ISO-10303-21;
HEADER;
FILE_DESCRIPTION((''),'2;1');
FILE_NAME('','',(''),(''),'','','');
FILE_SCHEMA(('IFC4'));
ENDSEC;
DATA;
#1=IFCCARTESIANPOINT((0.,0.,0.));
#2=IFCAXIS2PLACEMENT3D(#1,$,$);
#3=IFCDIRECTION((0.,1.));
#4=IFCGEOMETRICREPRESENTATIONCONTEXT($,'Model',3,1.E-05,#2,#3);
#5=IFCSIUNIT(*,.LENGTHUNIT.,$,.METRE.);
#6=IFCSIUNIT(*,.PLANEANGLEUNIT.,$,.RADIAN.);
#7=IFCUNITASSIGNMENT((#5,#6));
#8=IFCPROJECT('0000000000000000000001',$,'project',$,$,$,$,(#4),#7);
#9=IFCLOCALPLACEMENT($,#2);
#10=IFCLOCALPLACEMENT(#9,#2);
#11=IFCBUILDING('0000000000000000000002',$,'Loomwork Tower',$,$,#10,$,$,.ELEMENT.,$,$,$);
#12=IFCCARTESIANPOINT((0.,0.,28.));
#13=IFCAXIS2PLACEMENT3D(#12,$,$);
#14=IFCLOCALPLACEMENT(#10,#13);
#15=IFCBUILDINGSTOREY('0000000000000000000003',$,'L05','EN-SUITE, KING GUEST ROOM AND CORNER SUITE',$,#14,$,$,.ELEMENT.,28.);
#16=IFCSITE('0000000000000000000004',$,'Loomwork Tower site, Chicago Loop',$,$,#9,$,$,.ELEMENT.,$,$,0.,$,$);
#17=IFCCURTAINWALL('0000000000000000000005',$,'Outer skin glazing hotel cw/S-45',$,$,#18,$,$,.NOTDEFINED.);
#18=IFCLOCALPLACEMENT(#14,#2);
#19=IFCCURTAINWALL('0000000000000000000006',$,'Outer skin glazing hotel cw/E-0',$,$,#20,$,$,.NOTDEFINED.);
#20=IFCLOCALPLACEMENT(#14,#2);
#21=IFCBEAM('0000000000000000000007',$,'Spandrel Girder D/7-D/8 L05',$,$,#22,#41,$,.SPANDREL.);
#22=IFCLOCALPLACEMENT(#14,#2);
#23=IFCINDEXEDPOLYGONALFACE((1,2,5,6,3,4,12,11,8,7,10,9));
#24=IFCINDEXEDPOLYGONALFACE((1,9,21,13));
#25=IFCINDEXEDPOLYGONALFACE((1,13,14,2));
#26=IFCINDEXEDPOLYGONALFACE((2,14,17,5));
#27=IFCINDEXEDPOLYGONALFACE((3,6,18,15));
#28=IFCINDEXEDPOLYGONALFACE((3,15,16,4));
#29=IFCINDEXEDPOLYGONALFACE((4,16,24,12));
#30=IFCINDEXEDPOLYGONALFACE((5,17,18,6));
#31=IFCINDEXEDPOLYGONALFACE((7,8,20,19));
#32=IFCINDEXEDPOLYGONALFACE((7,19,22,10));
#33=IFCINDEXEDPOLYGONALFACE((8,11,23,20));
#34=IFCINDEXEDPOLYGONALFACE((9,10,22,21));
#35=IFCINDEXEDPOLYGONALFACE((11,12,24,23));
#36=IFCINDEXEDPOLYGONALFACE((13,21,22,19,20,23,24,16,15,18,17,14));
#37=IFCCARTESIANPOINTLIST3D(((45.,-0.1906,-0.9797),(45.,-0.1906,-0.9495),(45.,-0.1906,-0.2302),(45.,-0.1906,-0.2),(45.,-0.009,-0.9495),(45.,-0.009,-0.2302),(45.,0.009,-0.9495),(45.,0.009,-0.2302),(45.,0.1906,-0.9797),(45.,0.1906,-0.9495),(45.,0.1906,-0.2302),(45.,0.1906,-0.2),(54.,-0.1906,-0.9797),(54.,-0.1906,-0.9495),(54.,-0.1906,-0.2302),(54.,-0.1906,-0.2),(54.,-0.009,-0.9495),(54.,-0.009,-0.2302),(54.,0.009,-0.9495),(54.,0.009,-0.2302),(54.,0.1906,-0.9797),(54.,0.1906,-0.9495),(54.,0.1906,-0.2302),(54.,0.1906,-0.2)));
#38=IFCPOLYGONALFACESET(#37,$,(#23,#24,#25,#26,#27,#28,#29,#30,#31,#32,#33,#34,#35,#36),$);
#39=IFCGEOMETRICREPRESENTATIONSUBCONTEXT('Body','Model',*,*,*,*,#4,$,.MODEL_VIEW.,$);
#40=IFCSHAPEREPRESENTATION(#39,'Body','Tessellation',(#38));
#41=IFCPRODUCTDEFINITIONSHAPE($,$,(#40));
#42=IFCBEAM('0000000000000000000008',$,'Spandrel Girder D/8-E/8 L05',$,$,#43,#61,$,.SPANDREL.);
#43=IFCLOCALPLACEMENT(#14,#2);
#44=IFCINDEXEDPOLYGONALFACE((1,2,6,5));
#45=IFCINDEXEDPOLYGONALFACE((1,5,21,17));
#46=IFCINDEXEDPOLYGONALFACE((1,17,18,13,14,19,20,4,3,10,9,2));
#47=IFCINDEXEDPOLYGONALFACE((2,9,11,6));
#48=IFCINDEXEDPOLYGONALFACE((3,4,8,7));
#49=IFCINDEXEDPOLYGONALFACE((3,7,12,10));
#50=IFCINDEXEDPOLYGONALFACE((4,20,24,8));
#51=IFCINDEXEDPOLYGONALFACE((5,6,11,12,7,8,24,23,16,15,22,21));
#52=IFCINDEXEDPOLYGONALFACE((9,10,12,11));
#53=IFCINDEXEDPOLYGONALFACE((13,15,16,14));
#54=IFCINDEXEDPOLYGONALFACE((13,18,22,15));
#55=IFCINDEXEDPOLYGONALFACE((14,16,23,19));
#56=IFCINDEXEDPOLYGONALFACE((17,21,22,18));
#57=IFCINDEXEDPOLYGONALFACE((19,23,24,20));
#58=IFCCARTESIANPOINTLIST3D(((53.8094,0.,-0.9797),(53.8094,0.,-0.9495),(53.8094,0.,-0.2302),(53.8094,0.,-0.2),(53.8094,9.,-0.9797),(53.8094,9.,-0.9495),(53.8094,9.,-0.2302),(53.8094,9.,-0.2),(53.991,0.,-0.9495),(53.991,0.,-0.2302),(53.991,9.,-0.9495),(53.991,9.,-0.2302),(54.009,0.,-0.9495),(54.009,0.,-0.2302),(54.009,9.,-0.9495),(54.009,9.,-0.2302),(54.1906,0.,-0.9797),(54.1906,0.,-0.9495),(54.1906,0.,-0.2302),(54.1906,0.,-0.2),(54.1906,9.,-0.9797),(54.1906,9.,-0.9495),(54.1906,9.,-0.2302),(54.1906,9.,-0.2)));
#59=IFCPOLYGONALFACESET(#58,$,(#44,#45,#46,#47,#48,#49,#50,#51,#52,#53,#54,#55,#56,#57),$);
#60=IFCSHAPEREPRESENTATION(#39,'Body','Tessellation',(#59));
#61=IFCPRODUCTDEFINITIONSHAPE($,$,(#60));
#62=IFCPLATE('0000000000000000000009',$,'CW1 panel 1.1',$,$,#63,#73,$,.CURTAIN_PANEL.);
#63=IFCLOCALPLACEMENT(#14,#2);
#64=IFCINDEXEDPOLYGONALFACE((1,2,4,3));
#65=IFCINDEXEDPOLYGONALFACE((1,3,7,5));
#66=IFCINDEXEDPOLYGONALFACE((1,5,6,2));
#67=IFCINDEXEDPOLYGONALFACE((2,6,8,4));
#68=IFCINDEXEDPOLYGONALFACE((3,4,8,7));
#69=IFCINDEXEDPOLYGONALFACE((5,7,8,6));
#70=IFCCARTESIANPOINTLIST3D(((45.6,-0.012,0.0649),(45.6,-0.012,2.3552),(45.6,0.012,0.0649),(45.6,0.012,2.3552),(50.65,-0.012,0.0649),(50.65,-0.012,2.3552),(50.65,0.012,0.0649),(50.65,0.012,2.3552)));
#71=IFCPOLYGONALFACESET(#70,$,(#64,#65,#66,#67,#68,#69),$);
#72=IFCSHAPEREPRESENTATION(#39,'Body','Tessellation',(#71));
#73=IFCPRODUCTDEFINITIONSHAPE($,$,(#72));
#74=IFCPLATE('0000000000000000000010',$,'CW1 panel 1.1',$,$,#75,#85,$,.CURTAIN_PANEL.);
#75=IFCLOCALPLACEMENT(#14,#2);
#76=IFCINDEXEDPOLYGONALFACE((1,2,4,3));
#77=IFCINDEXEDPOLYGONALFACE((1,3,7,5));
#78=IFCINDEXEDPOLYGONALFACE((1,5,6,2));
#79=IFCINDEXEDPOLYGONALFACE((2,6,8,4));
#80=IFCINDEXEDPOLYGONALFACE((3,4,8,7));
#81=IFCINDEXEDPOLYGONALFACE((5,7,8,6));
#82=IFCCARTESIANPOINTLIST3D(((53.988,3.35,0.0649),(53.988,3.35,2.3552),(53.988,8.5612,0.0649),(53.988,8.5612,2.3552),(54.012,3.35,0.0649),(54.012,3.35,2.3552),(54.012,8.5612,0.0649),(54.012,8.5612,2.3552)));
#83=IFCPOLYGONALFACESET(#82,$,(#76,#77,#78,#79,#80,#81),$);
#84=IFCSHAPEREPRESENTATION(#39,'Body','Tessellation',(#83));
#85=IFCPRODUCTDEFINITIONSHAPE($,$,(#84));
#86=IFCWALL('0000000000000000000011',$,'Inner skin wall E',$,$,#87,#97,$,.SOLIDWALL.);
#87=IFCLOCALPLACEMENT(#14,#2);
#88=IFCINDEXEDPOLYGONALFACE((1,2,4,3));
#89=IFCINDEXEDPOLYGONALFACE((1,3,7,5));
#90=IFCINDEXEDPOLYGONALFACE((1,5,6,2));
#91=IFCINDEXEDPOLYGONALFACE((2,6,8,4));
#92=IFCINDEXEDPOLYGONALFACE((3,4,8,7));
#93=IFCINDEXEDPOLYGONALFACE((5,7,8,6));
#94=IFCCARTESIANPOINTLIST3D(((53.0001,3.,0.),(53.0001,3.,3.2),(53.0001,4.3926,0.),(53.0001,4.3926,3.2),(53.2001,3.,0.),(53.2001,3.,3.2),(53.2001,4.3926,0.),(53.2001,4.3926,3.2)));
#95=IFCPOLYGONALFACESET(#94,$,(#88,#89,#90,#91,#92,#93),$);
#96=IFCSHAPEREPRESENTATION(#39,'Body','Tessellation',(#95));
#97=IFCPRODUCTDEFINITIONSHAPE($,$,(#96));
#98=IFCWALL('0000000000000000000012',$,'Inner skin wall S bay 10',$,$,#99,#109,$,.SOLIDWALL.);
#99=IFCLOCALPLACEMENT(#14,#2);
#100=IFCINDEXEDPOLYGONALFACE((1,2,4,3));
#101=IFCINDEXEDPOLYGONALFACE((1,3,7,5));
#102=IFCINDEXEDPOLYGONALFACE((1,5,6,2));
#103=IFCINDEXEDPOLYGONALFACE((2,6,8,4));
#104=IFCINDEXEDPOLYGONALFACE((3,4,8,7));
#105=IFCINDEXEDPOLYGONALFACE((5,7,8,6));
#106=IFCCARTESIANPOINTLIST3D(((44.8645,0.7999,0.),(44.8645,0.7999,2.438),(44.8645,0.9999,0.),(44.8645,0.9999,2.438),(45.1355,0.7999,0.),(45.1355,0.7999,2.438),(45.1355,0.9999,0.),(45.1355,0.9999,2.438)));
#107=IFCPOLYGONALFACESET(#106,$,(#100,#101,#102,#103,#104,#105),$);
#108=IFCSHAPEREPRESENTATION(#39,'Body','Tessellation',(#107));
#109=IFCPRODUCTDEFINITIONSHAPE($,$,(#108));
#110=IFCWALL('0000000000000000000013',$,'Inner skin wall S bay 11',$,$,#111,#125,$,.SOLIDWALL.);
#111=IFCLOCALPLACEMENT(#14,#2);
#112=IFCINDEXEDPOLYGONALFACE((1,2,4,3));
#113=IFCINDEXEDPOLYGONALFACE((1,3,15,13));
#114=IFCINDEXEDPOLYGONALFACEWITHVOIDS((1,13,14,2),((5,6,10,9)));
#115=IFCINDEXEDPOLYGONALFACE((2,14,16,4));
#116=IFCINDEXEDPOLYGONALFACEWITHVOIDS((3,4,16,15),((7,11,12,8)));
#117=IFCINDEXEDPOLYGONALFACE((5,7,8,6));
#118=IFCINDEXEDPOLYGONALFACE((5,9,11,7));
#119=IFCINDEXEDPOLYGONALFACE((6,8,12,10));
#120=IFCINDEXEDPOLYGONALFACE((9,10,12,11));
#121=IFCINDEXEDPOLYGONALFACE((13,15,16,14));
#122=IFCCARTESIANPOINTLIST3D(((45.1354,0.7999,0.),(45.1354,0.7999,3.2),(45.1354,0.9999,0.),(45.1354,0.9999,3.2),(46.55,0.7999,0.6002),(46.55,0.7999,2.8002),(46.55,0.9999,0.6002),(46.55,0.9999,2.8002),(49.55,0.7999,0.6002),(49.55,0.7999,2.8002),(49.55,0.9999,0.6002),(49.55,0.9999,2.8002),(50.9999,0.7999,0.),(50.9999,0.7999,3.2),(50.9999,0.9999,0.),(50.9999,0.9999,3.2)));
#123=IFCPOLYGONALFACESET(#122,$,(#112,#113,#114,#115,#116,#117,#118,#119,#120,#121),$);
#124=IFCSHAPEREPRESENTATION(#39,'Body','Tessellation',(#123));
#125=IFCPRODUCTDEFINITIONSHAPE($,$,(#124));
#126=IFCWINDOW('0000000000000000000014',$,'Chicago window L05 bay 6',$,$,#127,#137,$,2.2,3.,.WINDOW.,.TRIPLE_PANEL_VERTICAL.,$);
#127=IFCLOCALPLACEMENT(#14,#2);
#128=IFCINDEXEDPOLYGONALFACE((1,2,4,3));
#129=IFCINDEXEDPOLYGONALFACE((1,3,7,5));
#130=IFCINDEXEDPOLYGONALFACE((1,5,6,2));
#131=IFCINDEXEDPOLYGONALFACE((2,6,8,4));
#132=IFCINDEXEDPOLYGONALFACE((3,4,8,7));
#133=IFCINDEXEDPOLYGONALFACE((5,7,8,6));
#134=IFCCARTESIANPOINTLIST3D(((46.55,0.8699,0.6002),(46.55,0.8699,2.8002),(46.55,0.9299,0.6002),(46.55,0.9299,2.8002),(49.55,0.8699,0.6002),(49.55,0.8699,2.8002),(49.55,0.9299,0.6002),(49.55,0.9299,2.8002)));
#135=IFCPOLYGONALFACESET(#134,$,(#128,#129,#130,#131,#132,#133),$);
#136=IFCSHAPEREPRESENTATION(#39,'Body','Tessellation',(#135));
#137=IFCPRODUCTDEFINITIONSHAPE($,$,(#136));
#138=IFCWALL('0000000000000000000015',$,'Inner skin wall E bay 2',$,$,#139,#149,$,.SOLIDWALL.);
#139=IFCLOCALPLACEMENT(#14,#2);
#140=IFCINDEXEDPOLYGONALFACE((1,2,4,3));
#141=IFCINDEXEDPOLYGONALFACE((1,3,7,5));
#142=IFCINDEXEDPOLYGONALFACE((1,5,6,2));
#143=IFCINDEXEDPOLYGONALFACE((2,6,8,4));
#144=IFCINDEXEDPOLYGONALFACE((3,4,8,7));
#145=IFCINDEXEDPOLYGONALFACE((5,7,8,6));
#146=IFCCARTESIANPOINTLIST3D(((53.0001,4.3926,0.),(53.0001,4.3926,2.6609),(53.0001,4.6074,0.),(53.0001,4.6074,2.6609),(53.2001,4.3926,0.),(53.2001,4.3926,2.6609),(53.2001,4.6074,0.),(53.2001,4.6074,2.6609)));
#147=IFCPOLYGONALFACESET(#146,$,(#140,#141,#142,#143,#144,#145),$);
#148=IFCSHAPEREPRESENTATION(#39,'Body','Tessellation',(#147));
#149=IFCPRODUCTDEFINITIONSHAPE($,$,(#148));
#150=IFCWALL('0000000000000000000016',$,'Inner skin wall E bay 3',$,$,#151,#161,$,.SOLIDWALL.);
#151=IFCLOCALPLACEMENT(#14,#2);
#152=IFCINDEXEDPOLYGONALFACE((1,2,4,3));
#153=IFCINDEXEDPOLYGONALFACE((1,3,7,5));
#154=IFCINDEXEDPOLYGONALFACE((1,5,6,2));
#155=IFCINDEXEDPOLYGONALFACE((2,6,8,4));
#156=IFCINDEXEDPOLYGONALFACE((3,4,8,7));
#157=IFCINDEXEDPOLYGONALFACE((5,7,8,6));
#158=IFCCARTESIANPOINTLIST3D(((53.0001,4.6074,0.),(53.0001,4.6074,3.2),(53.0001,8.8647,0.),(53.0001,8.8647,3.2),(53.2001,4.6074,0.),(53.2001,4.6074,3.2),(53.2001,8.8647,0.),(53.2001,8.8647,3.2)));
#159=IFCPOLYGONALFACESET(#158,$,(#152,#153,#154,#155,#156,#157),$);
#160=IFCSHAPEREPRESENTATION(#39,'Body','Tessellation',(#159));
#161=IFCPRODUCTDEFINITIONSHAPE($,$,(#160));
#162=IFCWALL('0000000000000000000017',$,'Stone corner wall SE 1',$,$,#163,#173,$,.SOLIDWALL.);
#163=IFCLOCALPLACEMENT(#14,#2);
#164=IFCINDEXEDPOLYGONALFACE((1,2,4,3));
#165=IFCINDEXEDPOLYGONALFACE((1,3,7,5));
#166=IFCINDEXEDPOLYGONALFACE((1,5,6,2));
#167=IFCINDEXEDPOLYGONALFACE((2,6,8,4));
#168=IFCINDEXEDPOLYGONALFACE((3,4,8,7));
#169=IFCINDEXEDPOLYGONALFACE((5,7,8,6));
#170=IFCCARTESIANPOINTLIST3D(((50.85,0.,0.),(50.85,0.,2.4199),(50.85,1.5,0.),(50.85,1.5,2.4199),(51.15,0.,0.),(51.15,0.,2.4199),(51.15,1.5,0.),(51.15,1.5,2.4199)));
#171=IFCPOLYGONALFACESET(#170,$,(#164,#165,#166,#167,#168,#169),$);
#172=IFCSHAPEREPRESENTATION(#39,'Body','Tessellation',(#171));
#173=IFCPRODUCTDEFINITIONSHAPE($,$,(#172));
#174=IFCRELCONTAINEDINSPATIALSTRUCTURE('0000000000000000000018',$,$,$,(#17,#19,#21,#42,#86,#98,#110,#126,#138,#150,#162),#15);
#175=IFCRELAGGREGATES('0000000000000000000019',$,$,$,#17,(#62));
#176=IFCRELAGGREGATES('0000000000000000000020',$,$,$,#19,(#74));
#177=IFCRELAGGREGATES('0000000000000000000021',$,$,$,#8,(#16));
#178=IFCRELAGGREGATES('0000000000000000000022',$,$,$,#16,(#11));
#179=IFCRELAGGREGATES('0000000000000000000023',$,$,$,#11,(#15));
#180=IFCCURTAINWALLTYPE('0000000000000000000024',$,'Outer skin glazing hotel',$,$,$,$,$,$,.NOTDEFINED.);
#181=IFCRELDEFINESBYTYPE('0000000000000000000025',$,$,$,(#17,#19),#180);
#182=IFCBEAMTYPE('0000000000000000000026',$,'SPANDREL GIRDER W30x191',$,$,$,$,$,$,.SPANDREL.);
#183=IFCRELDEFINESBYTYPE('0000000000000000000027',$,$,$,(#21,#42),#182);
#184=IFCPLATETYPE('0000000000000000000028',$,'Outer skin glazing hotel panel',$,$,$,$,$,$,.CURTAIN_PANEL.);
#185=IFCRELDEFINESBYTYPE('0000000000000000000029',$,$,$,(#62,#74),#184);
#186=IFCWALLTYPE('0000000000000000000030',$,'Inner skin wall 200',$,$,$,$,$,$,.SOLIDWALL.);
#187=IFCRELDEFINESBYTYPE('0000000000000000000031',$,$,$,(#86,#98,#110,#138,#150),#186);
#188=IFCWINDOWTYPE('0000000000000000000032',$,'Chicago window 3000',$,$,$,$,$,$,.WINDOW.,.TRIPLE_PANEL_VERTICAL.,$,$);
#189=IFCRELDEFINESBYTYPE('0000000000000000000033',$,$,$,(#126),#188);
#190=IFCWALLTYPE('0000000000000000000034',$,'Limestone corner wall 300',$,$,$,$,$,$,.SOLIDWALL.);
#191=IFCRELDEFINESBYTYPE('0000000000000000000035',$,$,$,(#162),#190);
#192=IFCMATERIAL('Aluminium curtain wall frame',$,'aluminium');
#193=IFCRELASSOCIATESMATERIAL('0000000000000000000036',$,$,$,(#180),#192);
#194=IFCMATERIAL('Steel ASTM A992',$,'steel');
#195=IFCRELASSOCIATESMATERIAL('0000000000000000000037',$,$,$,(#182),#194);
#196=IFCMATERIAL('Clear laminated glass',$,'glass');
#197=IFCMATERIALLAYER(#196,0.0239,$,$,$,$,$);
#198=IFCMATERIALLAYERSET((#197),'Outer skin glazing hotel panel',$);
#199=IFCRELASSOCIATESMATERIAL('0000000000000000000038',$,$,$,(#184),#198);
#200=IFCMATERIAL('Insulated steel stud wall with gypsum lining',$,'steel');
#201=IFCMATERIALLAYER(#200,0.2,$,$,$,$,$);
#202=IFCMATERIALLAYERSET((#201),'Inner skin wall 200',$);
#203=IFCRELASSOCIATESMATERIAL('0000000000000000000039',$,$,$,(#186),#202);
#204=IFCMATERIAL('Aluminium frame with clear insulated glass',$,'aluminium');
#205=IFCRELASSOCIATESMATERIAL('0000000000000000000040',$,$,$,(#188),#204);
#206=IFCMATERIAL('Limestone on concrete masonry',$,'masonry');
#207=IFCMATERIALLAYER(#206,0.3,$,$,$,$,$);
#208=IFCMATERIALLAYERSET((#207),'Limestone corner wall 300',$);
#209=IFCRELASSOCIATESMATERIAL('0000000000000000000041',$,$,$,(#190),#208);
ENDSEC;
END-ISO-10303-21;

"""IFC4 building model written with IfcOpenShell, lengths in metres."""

from ifc_helpers import new_model, si_unit, direction, frame, frame_2d, origin, origin_2d, place, context, subcontext, project, spatial, rectangle, i_section, extrude, material, layer, layer_set, material_profile, profile_set, type_object, element, fill, aggregate, save


model = new_model("IFC4")

# Units and contexts
model_context = context("Model", 3, precision=1e-05, world=origin(), true_north=direction((0.0, 1.0)))
body_context = subcontext(model_context, "Body", "Model", "MODEL_VIEW")
ifc_project = project(units=[si_unit("LENGTHUNIT", "METRE"), si_unit("PLANEANGLEUNIT", "RADIAN")], contexts=[model_context])

# Site, building, storey
site_placement = place(None, origin())
site = spatial("IfcSite", under=ifc_project, at=site_placement, Name="Loomwork Tower site, Chicago Loop", CompositionType="ELEMENT", RefElevation=0.0)
building_placement = place(site_placement, origin())
building = spatial("IfcBuilding", under=site, at=building_placement, Name="Loomwork Tower", CompositionType="ELEMENT")
storey_placement = place(building_placement, frame((0.0, 0.0, 28.0)))
storey = spatial("IfcBuildingStorey", under=building, at=storey_placement, Name="L05", Description="EN-SUITE, KING GUEST ROOM AND CORNER SUITE", CompositionType="ELEMENT", Elevation=28.0)

# Shared definitions
ifc_material_1 = material(Name="Aluminium curtain wall frame", Category="aluminium")
curtain_wall_type = type_object("IfcCurtainWallType", Name="Outer skin glazing hotel", PredefinedType="NOTDEFINED", material=ifc_material_1)

# Curtain wall
curtain_wall_1_placement = place(storey_placement, origin())
curtain_wall_1 = element("IfcCurtainWall", 1, at=curtain_wall_1_placement, inside=storey, type_object=curtain_wall_type, Name="Outer skin glazing hotel cw/S-45", PredefinedType="NOTDEFINED")

# Curtain wall
curtain_wall_2_placement = place(storey_placement, origin())
curtain_wall_2 = element("IfcCurtainWall", 2, at=curtain_wall_2_placement, inside=storey, type_object=curtain_wall_type, Name="Outer skin glazing hotel cw/E-0", PredefinedType="NOTDEFINED")

# Beams
ifc_material_2 = material(Name="Steel ASTM A992", Category="steel")
ifc_material_profile_1 = material_profile(ifc_material_2, i_section(OverallWidth=0.3811, OverallDepth=0.7798, WebThickness=0.0181, FlangeThickness=0.0303, at=origin_2d()), Name="W30x191")
ifc_profile_set_1 = profile_set([ifc_material_profile_1], Name="Steel ASTM A992")
beam_type_1 = type_object("IfcBeamType", Name="SPANDREL GIRDER W30x191", PredefinedType="SPANDREL", material=ifc_profile_set_1)
for number, where, z_axis, x_axis, name in (
    (3, (45.0, 0.0, -0.5898), (1.0, 0.0, 0.0), (0.0, 1.0, 0.0), "Spandrel Girder D/7-D/8 L05"),
    (4, (54.0, 0.0, -0.5898), (0.0, 1.0, 0.0), (-1.0, 0.0, 0.0), "Spandrel Girder D/8-E/8 L05"),
):
    element("IfcBeam", number, at=place(storey_placement, frame(where, z_axis=z_axis, x_axis=x_axis)), inside=storey, type_object=beam_type_1, Name=name, PredefinedType="SPANDREL", context=body_context, shape_type="SweptSolid", body=[
        extrude(i_section(OverallWidth=0.3811, OverallDepth=0.7798, WebThickness=0.0181, FlangeThickness=0.0303, at=origin_2d()), origin(), (0.0, 0.0, 1.0), 9.0),
    ])

# Plates
ifc_material_3 = material(Name="Clear laminated glass", Category="glass")
ifc_layer_1 = layer(ifc_material_3, 0.0239)
ifc_layer_set_1 = layer_set([ifc_layer_1], Name="Outer skin glazing hotel panel")
plate_type = type_object("IfcPlateType", Name="Outer skin glazing hotel panel", PredefinedType="CURTAIN_PANEL", material=ifc_layer_set_1)
plate_1_placement = place(storey_placement, frame((48.125, 0.0, 0.0649), z_axis=(0.0, 0.0, 1.0), x_axis=(1.0, 0.0, 0.0)))
plate_1 = element("IfcPlate", 5, at=plate_1_placement, type_object=plate_type, Name="CW1 panel 1.1", PredefinedType="CURTAIN_PANEL", context=body_context, shape_type="SweptSolid", body=[
    extrude(rectangle(XDim=5.05, YDim=0.0239, at=origin_2d()), origin(), (0.0, 0.0, 1.0), 2.2903),
])
aggregate(curtain_wall_1, [plate_1])
plate_2_placement = place(storey_placement, frame((54.0, 5.9556, 0.0649), z_axis=(0.0, 0.0, 1.0), x_axis=(0.0, 1.0, 0.0)))
plate_2 = element("IfcPlate", 6, at=plate_2_placement, type_object=plate_type, Name="CW1 panel 1.1", PredefinedType="CURTAIN_PANEL", context=body_context, shape_type="SweptSolid", body=[
    extrude(rectangle(XDim=5.2112, YDim=0.0239, at=origin_2d()), origin(), (0.0, 0.0, 1.0), 2.2903),
])
aggregate(curtain_wall_2, [plate_2])

# Walls
ifc_material_4 = material(Name="Insulated steel stud wall with gypsum lining", Category="steel")
ifc_layer_2 = layer(ifc_material_4, 0.2)
ifc_layer_set_2 = layer_set([ifc_layer_2], Name="Inner skin wall 200")
wall_type_1 = type_object("IfcWallType", Name="Inner skin wall 200", PredefinedType="SOLIDWALL", material=ifc_layer_set_2)
wall_1_placement = place(storey_placement, frame((53.1001, 3.0, 0.0), z_axis=(0.0, 0.0, 1.0), x_axis=(0.0, 1.0, 0.0)))
element("IfcWall", 7, at=wall_1_placement, inside=storey, type_object=wall_type_1, Name="Inner skin wall E", PredefinedType="SOLIDWALL", context=body_context, shape_type="SweptSolid", body=[
    extrude(rectangle(XDim=1.3926, YDim=0.2, at=frame_2d((0.6963, 0.0))), origin(), (0.0, 0.0, 1.0), 3.2),
])
wall_2_placement = place(storey_placement, frame((44.8645, 0.8999, 0.0), z_axis=(0.0, 0.0, 1.0), x_axis=(1.0, 0.0, 0.0)))
element("IfcWall", 8, at=wall_2_placement, inside=storey, type_object=wall_type_1, Name="Inner skin wall S bay 10", PredefinedType="SOLIDWALL", context=body_context, shape_type="SweptSolid", body=[
    extrude(rectangle(XDim=0.271, YDim=0.2, at=frame_2d((0.1355, 0.0))), origin(), (0.0, 0.0, 1.0), 2.438),
])

# Wall, opening, window
wall_3_placement = place(storey_placement, frame((45.1355, 0.8999, 0.0), z_axis=(0.0, 0.0, 1.0), x_axis=(1.0, 0.0, 0.0)))
wall_3 = element("IfcWall", 9, at=wall_3_placement, inside=storey, type_object=wall_type_1, Name="Inner skin wall S bay 11", PredefinedType="SOLIDWALL", context=body_context, shape_type="SweptSolid", body=[
    extrude(rectangle(XDim=5.8645, YDim=0.2, at=frame_2d((2.9321, 0.0))), origin(), (0.0, 0.0, 1.0), 3.2),
])
opening_1_placement = place(wall_3_placement, frame((1.4146, 0.0, 0.6001)))
opening_1 = element("IfcOpeningElement", 10, at=opening_1_placement, cuts=wall_3, PredefinedType="OPENING", context=body_context, shape_type="SweptSolid", body=[
    extrude(rectangle(XDim=3.0, YDim=2.2, at=frame_2d((1.5, 1.1001))), frame((0.0, 0.1099, 0.0), z_axis=(0.0, -1.0, 0.0), x_axis=(1.0, 0.0, 0.0)), (0.0, 0.0, 1.0), 0.22),
])
ifc_material_5 = material(Name="Aluminium frame with clear insulated glass", Category="aluminium")
window_type_1 = type_object("IfcWindowType", Name="Chicago window 3000", PartitioningType="TRIPLE_PANEL_VERTICAL", PredefinedType="WINDOW", material=ifc_material_5)
window_1_placement = place(opening_1_placement, origin())
window_1 = element("IfcWindow", 11, at=window_1_placement, inside=storey, type_object=window_type_1, Name="Chicago window L05 bay 6", OverallHeight=2.2, OverallWidth=3.0, PartitioningType="TRIPLE_PANEL_VERTICAL", PredefinedType="WINDOW", context=body_context, shape_type="SweptSolid", body=[
    extrude(rectangle(XDim=3.0, YDim=2.2, at=frame_2d((1.5, 1.1001))), frame((0.0, 0.03, 0.0), z_axis=(0.0, -1.0, 0.0), x_axis=(1.0, 0.0, 0.0)), (0.0, 0.0, 1.0), 0.0601),
])
fill(opening_1, window_1)

# Walls
wall_4_placement = place(storey_placement, frame((53.1001, 4.3926, 0.0), z_axis=(0.0, 0.0, 1.0), x_axis=(0.0, 1.0, 0.0)))
element("IfcWall", 12, at=wall_4_placement, inside=storey, type_object=wall_type_1, Name="Inner skin wall E bay 2", PredefinedType="SOLIDWALL", context=body_context, shape_type="SweptSolid", body=[
    extrude(rectangle(XDim=0.2148, YDim=0.2, at=frame_2d((0.1074, 0.0))), origin(), (0.0, 0.0, 1.0), 2.6609),
])
wall_5_placement = place(storey_placement, frame((53.1001, 4.6074, 0.0), z_axis=(0.0, 0.0, 1.0), x_axis=(0.0, 1.0, 0.0)))
element("IfcWall", 13, at=wall_5_placement, inside=storey, type_object=wall_type_1, Name="Inner skin wall E bay 3", PredefinedType="SOLIDWALL", context=body_context, shape_type="SweptSolid", body=[
    extrude(rectangle(XDim=4.2573, YDim=0.2, at=frame_2d((2.1287, 0.0))), origin(), (0.0, 0.0, 1.0), 3.2),
])
ifc_material_6 = material(Name="Limestone on concrete masonry", Category="masonry")
ifc_layer_3 = layer(ifc_material_6, 0.3)
ifc_layer_set_3 = layer_set([ifc_layer_3], Name="Limestone corner wall 300")
wall_type_2 = type_object("IfcWallType", Name="Limestone corner wall 300", PredefinedType="SOLIDWALL", material=ifc_layer_set_3)
wall_6_placement = place(storey_placement, frame((51.0, 0.0, 0.0), z_axis=(0.0, 0.0, 1.0), x_axis=(0.0, 1.0, 0.0)))
element("IfcWall", 14, at=wall_6_placement, inside=storey, type_object=wall_type_2, Name="Stone corner wall SE 1", PredefinedType="SOLIDWALL", context=body_context, shape_type="SweptSolid", body=[
    extrude(rectangle(XDim=1.5, YDim=0.3, at=frame_2d((0.75, 0.0))), origin(), (0.0, 0.0, 1.0), 2.4199),
])

save(model, "model.ifc")
